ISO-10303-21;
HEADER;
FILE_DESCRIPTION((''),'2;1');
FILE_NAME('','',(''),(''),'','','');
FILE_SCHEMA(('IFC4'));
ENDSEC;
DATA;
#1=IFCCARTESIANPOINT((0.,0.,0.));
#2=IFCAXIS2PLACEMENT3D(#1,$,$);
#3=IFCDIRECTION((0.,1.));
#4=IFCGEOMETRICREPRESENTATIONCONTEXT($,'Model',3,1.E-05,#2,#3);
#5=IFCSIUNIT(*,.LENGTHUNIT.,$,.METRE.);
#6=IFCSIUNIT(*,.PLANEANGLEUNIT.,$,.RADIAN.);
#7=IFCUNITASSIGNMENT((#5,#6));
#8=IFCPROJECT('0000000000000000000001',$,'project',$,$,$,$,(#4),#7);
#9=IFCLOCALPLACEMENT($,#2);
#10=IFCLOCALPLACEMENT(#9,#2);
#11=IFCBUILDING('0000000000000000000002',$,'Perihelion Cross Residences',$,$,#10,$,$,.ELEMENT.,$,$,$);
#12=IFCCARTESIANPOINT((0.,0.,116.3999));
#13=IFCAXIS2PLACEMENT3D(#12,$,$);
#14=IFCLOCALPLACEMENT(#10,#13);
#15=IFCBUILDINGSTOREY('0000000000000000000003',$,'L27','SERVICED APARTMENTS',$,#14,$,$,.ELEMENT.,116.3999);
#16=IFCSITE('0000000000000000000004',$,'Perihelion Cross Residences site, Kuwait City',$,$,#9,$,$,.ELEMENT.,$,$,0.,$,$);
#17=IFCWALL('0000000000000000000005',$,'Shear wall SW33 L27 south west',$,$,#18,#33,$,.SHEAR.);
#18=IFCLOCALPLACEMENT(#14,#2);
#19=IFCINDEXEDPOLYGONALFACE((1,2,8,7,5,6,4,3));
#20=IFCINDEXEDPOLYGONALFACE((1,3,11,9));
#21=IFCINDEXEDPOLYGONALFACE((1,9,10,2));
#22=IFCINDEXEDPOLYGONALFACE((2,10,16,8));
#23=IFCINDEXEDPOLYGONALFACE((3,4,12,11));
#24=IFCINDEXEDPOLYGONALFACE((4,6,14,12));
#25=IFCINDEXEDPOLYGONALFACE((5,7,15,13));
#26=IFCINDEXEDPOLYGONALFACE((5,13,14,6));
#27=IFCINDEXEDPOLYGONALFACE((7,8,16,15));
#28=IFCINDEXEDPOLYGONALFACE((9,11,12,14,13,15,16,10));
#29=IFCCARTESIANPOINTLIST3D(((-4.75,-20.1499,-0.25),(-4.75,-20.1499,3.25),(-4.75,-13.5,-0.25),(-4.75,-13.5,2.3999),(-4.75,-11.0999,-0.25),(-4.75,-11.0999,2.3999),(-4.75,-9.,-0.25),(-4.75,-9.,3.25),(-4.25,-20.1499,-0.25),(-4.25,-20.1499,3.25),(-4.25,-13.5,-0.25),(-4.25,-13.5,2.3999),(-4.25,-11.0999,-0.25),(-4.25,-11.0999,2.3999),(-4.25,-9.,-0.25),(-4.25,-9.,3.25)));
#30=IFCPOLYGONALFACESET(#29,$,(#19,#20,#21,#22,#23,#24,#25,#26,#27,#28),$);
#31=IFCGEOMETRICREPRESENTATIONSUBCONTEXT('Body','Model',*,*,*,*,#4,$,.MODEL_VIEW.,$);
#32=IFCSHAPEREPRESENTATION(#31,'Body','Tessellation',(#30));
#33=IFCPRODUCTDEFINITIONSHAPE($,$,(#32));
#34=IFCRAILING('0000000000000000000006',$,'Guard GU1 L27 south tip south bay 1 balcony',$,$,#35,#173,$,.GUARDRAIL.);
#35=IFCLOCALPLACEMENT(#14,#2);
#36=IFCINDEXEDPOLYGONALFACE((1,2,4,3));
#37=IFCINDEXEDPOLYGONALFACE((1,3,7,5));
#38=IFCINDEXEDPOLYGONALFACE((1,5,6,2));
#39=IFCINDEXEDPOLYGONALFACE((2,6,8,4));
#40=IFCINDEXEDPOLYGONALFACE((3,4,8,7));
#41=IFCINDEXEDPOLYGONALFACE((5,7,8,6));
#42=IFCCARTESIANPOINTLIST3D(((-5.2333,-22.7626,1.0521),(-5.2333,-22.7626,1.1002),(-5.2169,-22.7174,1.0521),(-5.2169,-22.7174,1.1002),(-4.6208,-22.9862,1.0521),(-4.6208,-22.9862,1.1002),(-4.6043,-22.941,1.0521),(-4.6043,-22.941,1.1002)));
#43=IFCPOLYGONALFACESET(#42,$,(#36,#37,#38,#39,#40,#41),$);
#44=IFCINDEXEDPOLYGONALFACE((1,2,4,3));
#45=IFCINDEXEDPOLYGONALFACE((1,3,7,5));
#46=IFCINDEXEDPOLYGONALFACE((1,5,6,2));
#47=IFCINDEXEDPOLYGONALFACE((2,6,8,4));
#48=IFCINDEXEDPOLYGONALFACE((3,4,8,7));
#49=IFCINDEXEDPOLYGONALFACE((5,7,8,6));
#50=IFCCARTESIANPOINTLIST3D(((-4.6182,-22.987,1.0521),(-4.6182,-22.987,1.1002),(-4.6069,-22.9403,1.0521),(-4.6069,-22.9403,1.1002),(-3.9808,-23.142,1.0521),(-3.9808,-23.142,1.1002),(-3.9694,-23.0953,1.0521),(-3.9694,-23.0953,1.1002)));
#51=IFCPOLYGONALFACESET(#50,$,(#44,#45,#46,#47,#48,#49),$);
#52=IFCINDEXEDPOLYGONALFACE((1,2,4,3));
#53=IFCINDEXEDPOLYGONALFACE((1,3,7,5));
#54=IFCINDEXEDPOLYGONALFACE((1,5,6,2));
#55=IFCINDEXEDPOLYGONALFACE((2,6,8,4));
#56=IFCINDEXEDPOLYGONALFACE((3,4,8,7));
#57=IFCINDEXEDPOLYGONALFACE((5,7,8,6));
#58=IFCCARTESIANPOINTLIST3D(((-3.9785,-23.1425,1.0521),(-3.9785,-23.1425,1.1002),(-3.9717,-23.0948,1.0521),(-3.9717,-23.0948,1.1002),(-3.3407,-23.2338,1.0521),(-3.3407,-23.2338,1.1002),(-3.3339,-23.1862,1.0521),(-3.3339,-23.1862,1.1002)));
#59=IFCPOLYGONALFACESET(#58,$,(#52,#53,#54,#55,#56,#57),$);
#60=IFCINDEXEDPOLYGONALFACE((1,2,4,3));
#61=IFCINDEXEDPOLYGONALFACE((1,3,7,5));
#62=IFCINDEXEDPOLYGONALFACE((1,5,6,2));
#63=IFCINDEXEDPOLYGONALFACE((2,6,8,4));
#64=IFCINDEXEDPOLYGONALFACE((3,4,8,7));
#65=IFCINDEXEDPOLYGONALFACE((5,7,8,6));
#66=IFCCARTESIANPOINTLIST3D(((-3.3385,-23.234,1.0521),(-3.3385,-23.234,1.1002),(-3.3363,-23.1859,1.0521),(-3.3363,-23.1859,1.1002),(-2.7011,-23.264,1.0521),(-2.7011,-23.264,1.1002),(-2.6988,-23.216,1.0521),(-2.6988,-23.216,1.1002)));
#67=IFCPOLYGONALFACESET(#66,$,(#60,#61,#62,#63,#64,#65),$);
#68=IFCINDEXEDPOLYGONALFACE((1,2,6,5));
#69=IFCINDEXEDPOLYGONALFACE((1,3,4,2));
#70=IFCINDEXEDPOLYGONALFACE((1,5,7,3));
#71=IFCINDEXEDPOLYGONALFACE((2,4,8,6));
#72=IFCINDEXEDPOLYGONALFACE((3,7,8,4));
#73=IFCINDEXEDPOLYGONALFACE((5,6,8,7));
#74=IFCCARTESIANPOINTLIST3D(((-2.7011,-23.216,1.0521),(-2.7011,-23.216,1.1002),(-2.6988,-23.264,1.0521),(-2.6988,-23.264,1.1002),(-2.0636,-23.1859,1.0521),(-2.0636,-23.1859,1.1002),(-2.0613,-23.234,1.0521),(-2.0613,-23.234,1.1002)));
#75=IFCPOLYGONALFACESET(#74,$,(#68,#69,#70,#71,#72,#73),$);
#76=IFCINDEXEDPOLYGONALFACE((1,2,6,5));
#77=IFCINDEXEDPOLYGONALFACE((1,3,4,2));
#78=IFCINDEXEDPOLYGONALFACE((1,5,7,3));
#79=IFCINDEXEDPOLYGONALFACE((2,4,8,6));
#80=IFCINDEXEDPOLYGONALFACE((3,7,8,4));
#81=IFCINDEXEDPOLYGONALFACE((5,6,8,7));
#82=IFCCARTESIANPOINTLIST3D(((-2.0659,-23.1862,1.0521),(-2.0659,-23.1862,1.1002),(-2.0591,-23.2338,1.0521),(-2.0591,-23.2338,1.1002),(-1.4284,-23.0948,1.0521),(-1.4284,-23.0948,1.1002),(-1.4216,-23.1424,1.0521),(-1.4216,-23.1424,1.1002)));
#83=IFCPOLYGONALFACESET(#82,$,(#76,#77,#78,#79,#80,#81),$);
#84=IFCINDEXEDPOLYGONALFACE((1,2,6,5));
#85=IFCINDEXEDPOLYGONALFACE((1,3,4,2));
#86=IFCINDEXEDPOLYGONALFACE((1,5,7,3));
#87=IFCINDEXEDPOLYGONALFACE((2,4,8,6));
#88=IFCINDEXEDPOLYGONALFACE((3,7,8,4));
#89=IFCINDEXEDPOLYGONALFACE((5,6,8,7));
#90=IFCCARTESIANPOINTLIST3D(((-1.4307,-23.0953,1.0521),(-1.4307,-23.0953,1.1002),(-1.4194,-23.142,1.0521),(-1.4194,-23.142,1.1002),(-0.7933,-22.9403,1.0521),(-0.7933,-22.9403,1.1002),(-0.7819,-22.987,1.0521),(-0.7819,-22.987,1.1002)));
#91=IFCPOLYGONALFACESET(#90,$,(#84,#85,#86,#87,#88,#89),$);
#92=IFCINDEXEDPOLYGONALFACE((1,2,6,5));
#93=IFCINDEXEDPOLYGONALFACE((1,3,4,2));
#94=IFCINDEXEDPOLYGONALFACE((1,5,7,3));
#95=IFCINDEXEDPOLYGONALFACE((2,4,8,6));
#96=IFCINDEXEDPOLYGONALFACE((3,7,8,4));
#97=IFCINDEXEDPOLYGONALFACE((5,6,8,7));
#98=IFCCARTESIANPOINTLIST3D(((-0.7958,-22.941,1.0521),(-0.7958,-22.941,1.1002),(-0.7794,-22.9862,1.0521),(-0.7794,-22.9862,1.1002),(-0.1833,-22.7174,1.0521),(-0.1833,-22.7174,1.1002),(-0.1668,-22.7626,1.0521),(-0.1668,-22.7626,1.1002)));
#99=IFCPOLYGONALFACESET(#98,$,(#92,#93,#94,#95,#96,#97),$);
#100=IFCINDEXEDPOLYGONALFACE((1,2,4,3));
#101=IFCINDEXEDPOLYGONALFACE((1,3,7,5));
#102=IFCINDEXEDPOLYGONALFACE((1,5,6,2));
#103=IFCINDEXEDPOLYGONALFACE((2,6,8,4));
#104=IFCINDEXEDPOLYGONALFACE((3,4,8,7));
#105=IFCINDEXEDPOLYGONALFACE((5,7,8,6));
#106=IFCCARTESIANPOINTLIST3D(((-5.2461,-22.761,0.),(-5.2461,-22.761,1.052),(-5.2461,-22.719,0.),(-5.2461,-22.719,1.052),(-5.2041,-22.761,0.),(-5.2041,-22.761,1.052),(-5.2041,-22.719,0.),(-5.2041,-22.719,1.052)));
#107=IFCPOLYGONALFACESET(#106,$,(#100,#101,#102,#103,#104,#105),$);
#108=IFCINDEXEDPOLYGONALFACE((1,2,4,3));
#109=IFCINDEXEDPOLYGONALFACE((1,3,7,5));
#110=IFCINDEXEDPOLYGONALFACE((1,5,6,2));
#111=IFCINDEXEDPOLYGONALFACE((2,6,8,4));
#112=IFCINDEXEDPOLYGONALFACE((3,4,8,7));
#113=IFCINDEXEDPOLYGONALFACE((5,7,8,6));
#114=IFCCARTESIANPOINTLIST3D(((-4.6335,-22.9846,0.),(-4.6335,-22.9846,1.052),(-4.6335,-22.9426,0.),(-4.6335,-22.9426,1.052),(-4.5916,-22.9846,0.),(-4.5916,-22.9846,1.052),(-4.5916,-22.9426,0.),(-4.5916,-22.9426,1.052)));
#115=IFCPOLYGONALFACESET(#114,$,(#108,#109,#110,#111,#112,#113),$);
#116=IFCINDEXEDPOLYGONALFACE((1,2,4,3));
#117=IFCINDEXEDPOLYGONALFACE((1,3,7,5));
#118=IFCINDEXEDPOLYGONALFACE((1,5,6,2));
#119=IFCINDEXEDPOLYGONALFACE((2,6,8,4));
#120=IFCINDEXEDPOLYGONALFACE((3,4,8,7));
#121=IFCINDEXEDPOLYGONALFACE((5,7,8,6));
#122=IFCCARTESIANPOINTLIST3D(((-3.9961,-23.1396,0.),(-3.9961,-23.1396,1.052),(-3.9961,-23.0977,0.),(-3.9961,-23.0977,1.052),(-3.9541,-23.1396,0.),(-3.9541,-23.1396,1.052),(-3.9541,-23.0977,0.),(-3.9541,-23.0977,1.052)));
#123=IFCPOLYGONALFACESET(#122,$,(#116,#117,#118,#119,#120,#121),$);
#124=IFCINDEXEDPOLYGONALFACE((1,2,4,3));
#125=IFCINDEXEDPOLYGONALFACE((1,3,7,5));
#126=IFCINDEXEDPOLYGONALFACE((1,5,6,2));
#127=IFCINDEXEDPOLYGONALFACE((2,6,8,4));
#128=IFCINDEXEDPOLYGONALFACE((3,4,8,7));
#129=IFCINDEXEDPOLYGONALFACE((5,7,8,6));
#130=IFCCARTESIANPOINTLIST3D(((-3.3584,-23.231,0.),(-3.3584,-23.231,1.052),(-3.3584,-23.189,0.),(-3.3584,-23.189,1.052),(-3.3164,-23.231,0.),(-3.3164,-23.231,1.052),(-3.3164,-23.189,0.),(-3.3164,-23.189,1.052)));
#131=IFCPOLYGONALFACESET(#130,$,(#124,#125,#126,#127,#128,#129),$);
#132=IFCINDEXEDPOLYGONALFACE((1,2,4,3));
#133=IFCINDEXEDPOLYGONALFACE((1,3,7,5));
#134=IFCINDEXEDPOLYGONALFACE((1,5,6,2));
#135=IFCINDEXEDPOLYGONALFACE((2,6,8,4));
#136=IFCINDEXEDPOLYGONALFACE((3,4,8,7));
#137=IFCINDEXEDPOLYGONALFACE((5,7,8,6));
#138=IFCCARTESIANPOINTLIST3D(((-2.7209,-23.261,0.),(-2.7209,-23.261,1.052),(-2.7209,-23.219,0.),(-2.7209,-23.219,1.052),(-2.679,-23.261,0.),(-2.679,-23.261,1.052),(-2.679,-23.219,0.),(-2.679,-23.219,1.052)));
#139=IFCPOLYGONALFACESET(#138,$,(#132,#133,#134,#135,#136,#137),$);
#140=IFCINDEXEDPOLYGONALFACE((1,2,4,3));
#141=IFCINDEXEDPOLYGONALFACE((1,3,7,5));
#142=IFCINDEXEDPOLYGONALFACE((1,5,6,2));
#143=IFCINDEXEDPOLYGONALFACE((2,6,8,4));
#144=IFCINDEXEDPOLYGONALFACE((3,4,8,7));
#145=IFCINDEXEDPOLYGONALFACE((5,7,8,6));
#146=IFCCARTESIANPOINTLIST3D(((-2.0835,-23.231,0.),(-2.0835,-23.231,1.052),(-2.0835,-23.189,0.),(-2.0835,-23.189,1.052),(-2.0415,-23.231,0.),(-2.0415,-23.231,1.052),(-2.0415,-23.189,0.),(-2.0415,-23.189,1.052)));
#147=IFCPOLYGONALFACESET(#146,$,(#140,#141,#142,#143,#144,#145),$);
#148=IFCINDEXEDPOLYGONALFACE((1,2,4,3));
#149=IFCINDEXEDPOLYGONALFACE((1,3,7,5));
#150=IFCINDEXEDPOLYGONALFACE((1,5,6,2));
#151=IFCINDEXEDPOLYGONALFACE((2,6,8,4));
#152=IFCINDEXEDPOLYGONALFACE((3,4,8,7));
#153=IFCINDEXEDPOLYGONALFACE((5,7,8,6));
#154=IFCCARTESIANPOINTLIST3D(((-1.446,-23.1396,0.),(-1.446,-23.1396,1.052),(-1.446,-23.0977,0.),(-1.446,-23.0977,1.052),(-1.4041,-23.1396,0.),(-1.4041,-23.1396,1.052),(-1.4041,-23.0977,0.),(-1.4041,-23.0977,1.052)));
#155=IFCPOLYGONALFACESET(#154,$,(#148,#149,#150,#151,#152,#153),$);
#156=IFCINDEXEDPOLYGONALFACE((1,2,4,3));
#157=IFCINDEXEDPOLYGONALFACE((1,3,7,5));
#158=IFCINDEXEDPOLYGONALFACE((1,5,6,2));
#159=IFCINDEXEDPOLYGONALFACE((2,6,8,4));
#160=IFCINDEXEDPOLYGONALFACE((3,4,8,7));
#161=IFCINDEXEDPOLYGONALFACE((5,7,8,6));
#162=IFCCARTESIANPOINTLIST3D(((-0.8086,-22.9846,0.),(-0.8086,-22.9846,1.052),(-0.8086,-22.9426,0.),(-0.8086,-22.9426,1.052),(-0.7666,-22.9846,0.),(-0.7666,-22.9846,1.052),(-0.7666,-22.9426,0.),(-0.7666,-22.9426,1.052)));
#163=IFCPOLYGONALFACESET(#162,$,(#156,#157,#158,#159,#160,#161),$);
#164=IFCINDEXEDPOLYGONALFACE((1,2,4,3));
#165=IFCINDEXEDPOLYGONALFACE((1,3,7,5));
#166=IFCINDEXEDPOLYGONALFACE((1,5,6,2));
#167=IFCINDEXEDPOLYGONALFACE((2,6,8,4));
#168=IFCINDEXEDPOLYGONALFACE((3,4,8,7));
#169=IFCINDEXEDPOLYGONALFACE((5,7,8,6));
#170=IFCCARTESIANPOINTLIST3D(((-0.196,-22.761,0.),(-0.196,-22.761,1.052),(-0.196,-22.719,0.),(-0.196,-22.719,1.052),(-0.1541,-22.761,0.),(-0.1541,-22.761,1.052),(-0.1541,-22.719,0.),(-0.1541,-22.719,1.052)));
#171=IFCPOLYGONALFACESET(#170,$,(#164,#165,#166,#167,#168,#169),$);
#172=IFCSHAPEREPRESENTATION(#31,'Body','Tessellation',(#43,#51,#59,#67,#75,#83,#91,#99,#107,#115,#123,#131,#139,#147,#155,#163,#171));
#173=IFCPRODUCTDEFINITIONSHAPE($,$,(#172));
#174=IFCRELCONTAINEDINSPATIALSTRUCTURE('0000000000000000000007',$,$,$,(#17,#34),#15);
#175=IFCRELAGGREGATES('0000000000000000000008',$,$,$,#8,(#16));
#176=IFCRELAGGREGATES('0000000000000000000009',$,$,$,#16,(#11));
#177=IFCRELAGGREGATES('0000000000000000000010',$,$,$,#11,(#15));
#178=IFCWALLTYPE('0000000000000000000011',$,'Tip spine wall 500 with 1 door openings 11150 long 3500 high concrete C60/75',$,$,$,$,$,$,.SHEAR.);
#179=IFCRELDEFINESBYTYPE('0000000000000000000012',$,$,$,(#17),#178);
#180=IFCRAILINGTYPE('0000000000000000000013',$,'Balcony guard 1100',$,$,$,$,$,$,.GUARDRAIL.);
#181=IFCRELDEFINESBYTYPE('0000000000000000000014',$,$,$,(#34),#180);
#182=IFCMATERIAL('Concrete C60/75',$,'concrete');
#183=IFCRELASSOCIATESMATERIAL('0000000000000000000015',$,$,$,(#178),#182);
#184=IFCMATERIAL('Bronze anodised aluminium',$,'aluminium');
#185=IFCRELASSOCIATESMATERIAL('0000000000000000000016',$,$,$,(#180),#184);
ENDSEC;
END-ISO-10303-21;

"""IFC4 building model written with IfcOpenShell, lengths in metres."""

from ifc_helpers import new_model, si_unit, direction, frame, origin, origin_2d, place, context, subcontext, project, spatial, polyline, rectangle, outline, extrude, material, material_profile, profile_set, type_object, element, save


model = new_model("IFC4")

# Units and contexts
model_context = context("Model", 3, precision=1e-05, world=origin(), true_north=direction((0.0, 1.0)))
body_context = subcontext(model_context, "Body", "Model", "MODEL_VIEW")
ifc_project = project(units=[si_unit("LENGTHUNIT", "METRE"), si_unit("PLANEANGLEUNIT", "RADIAN")], contexts=[model_context])

# Site, building, storey
site_placement = place(None, origin())
site = spatial("IfcSite", under=ifc_project, at=site_placement, Name="Perihelion Cross Residences site, Kuwait City", CompositionType="ELEMENT", RefElevation=0.0)
building_placement = place(site_placement, origin())
building = spatial("IfcBuilding", under=site, at=building_placement, Name="Perihelion Cross Residences", CompositionType="ELEMENT")
storey_placement = place(building_placement, frame((0.0, 0.0, 116.3999)))
storey = spatial("IfcBuildingStorey", under=building, at=storey_placement, Name="L27", Description="SERVICED APARTMENTS", CompositionType="ELEMENT", Elevation=116.3999)

# Wall
ifc_material_1 = material(Name="Concrete C60/75", Category="concrete")
ifc_material_profile_1 = material_profile(ifc_material_1, outline(polyline([(0.0, 0.0), (6.6499, 0.0), (6.6499, 2.6499), (9.05, 2.6499), (9.05, 0.0), (11.1499, 0.0), (11.1499, 3.5), (0.0, 3.5), (0.0, 0.0)])), Name="Tip spine wall")
ifc_profile_set_1 = profile_set([ifc_material_profile_1], Name="Concrete C60/75")
wall_type_1 = type_object("IfcWallType", Name="Tip spine wall 500 with 1 door openings 11150 long 3500 high concrete C60/75", PredefinedType="SHEAR", material=ifc_profile_set_1)
wall_1_placement = place(storey_placement, frame((-4.75, -20.1499, -0.25), z_axis=(1.0, 0.0, 0.0), x_axis=(0.0, 1.0, 0.0)))
element("IfcWall", 1, at=wall_1_placement, inside=storey, type_object=wall_type_1, Name="Shear wall SW33 L27 south west", PredefinedType="SHEAR", context=body_context, shape_type="SweptSolid", body=[
    extrude(outline(polyline([(0.0, 0.0), (6.6499, 0.0), (6.6499, 2.6499), (9.05, 2.6499), (9.05, 0.0), (11.1499, 0.0), (11.1499, 3.5), (0.0, 3.5), (0.0, 0.0)])), origin(), (0.0, 0.0, 1.0), 0.5),
])

# Railing
ifc_material_2 = material(Name="Bronze anodised aluminium", Category="aluminium")
railing_type = type_object("IfcRailingType", Name="Balcony guard 1100", PredefinedType="GUARDRAIL", material=ifc_material_2)
railing_1_placement = place(storey_placement, frame((-5.2251, -22.74, 0.0)))
element("IfcRailing", 2, at=railing_1_placement, inside=storey, type_object=railing_type, Name="Guard GU1 L27 south tip south bay 1 balcony", PredefinedType="GUARDRAIL", context=body_context, shape_type="SweptSolid", body=[
    extrude(rectangle(XDim=0.0481, YDim=0.0481, at=origin_2d()), frame((0.0, 0.0, 1.0762), z_axis=(0.939355, -0.342945, 0.0), x_axis=(0.342945, 0.939355, 0.0)), (0.0, 0.0, 1.0), 0.6521),
    extrude(rectangle(XDim=0.0481, YDim=0.0481, at=origin_2d()), frame((0.6125, -0.2236, 1.0762), z_axis=(0.971677, -0.236314, 0.0), x_axis=(0.236314, 0.971677, 0.0)), (0.0, 0.0, 1.0), 0.656),
    extrude(rectangle(XDim=0.0481, YDim=0.0481, at=origin_2d()), frame((1.25, -0.3787, 1.0762), z_axis=(0.989904, -0.14174, 0.0), x_axis=(0.14174, 0.989904, 0.0)), (0.0, 0.0, 1.0), 0.6443),
    extrude(rectangle(XDim=0.0481, YDim=0.0481, at=origin_2d()), frame((1.8877, -0.47, 1.0762), z_axis=(0.998892, -0.047056, 0.0), x_axis=(0.047056, 0.998892, 0.0)), (0.0, 0.0, 1.0), 0.6382),
    extrude(rectangle(XDim=0.0481, YDim=0.0481, at=origin_2d()), frame((2.5251, -0.5, 1.0762), z_axis=(0.998892, 0.047056, 0.0), x_axis=(-0.047056, 0.998892, 0.0)), (0.0, 0.0, 1.0), 0.6382),
    extrude(rectangle(XDim=0.0481, YDim=0.0481, at=origin_2d()), frame((3.1626, -0.47, 1.0762), z_axis=(0.989896, 0.141793, 0.0), x_axis=(-0.141793, 0.989896, 0.0)), (0.0, 0.0, 1.0), 0.644),
    extrude(rectangle(XDim=0.0481, YDim=0.0481, at=origin_2d()), frame((3.8, -0.3787, 1.0762), z_axis=(0.971677, 0.236314, 0.0), x_axis=(-0.236314, 0.971677, 0.0)), (0.0, 0.0, 1.0), 0.656),
    extrude(rectangle(XDim=0.0481, YDim=0.0481, at=origin_2d()), frame((4.4375, -0.2236, 1.0762), z_axis=(0.939355, 0.342945, 0.0), x_axis=(-0.342945, 0.939355, 0.0)), (0.0, 0.0, 1.0), 0.6521),
    extrude(rectangle(XDim=0.042, YDim=0.042, at=origin_2d()), origin(), (0.0, 0.0, 1.0), 1.052),
    extrude(rectangle(XDim=0.042, YDim=0.042, at=origin_2d()), frame((0.6125, -0.2236, 0.0)), (0.0, 0.0, 1.0), 1.052),
    extrude(rectangle(XDim=0.042, YDim=0.042, at=origin_2d()), frame((1.25, -0.3787, 0.0)), (0.0, 0.0, 1.0), 1.052),
    extrude(rectangle(XDim=0.042, YDim=0.042, at=origin_2d()), frame((1.8877, -0.47, 0.0)), (0.0, 0.0, 1.0), 1.052),
    extrude(rectangle(XDim=0.042, YDim=0.042, at=origin_2d()), frame((2.5251, -0.5, 0.0)), (0.0, 0.0, 1.0), 1.052),
    extrude(rectangle(XDim=0.042, YDim=0.042, at=origin_2d()), frame((3.1626, -0.47, 0.0)), (0.0, 0.0, 1.0), 1.052),
    extrude(rectangle(XDim=0.042, YDim=0.042, at=origin_2d()), frame((3.8, -0.3787, 0.0)), (0.0, 0.0, 1.0), 1.052),
    extrude(rectangle(XDim=0.042, YDim=0.042, at=origin_2d()), frame((4.4375, -0.2236, 0.0)), (0.0, 0.0, 1.0), 1.052),
    extrude(rectangle(XDim=0.042, YDim=0.042, at=origin_2d()), frame((5.05, 0.0, 0.0)), (0.0, 0.0, 1.0), 1.052),
])

save(model, "model.ifc")
